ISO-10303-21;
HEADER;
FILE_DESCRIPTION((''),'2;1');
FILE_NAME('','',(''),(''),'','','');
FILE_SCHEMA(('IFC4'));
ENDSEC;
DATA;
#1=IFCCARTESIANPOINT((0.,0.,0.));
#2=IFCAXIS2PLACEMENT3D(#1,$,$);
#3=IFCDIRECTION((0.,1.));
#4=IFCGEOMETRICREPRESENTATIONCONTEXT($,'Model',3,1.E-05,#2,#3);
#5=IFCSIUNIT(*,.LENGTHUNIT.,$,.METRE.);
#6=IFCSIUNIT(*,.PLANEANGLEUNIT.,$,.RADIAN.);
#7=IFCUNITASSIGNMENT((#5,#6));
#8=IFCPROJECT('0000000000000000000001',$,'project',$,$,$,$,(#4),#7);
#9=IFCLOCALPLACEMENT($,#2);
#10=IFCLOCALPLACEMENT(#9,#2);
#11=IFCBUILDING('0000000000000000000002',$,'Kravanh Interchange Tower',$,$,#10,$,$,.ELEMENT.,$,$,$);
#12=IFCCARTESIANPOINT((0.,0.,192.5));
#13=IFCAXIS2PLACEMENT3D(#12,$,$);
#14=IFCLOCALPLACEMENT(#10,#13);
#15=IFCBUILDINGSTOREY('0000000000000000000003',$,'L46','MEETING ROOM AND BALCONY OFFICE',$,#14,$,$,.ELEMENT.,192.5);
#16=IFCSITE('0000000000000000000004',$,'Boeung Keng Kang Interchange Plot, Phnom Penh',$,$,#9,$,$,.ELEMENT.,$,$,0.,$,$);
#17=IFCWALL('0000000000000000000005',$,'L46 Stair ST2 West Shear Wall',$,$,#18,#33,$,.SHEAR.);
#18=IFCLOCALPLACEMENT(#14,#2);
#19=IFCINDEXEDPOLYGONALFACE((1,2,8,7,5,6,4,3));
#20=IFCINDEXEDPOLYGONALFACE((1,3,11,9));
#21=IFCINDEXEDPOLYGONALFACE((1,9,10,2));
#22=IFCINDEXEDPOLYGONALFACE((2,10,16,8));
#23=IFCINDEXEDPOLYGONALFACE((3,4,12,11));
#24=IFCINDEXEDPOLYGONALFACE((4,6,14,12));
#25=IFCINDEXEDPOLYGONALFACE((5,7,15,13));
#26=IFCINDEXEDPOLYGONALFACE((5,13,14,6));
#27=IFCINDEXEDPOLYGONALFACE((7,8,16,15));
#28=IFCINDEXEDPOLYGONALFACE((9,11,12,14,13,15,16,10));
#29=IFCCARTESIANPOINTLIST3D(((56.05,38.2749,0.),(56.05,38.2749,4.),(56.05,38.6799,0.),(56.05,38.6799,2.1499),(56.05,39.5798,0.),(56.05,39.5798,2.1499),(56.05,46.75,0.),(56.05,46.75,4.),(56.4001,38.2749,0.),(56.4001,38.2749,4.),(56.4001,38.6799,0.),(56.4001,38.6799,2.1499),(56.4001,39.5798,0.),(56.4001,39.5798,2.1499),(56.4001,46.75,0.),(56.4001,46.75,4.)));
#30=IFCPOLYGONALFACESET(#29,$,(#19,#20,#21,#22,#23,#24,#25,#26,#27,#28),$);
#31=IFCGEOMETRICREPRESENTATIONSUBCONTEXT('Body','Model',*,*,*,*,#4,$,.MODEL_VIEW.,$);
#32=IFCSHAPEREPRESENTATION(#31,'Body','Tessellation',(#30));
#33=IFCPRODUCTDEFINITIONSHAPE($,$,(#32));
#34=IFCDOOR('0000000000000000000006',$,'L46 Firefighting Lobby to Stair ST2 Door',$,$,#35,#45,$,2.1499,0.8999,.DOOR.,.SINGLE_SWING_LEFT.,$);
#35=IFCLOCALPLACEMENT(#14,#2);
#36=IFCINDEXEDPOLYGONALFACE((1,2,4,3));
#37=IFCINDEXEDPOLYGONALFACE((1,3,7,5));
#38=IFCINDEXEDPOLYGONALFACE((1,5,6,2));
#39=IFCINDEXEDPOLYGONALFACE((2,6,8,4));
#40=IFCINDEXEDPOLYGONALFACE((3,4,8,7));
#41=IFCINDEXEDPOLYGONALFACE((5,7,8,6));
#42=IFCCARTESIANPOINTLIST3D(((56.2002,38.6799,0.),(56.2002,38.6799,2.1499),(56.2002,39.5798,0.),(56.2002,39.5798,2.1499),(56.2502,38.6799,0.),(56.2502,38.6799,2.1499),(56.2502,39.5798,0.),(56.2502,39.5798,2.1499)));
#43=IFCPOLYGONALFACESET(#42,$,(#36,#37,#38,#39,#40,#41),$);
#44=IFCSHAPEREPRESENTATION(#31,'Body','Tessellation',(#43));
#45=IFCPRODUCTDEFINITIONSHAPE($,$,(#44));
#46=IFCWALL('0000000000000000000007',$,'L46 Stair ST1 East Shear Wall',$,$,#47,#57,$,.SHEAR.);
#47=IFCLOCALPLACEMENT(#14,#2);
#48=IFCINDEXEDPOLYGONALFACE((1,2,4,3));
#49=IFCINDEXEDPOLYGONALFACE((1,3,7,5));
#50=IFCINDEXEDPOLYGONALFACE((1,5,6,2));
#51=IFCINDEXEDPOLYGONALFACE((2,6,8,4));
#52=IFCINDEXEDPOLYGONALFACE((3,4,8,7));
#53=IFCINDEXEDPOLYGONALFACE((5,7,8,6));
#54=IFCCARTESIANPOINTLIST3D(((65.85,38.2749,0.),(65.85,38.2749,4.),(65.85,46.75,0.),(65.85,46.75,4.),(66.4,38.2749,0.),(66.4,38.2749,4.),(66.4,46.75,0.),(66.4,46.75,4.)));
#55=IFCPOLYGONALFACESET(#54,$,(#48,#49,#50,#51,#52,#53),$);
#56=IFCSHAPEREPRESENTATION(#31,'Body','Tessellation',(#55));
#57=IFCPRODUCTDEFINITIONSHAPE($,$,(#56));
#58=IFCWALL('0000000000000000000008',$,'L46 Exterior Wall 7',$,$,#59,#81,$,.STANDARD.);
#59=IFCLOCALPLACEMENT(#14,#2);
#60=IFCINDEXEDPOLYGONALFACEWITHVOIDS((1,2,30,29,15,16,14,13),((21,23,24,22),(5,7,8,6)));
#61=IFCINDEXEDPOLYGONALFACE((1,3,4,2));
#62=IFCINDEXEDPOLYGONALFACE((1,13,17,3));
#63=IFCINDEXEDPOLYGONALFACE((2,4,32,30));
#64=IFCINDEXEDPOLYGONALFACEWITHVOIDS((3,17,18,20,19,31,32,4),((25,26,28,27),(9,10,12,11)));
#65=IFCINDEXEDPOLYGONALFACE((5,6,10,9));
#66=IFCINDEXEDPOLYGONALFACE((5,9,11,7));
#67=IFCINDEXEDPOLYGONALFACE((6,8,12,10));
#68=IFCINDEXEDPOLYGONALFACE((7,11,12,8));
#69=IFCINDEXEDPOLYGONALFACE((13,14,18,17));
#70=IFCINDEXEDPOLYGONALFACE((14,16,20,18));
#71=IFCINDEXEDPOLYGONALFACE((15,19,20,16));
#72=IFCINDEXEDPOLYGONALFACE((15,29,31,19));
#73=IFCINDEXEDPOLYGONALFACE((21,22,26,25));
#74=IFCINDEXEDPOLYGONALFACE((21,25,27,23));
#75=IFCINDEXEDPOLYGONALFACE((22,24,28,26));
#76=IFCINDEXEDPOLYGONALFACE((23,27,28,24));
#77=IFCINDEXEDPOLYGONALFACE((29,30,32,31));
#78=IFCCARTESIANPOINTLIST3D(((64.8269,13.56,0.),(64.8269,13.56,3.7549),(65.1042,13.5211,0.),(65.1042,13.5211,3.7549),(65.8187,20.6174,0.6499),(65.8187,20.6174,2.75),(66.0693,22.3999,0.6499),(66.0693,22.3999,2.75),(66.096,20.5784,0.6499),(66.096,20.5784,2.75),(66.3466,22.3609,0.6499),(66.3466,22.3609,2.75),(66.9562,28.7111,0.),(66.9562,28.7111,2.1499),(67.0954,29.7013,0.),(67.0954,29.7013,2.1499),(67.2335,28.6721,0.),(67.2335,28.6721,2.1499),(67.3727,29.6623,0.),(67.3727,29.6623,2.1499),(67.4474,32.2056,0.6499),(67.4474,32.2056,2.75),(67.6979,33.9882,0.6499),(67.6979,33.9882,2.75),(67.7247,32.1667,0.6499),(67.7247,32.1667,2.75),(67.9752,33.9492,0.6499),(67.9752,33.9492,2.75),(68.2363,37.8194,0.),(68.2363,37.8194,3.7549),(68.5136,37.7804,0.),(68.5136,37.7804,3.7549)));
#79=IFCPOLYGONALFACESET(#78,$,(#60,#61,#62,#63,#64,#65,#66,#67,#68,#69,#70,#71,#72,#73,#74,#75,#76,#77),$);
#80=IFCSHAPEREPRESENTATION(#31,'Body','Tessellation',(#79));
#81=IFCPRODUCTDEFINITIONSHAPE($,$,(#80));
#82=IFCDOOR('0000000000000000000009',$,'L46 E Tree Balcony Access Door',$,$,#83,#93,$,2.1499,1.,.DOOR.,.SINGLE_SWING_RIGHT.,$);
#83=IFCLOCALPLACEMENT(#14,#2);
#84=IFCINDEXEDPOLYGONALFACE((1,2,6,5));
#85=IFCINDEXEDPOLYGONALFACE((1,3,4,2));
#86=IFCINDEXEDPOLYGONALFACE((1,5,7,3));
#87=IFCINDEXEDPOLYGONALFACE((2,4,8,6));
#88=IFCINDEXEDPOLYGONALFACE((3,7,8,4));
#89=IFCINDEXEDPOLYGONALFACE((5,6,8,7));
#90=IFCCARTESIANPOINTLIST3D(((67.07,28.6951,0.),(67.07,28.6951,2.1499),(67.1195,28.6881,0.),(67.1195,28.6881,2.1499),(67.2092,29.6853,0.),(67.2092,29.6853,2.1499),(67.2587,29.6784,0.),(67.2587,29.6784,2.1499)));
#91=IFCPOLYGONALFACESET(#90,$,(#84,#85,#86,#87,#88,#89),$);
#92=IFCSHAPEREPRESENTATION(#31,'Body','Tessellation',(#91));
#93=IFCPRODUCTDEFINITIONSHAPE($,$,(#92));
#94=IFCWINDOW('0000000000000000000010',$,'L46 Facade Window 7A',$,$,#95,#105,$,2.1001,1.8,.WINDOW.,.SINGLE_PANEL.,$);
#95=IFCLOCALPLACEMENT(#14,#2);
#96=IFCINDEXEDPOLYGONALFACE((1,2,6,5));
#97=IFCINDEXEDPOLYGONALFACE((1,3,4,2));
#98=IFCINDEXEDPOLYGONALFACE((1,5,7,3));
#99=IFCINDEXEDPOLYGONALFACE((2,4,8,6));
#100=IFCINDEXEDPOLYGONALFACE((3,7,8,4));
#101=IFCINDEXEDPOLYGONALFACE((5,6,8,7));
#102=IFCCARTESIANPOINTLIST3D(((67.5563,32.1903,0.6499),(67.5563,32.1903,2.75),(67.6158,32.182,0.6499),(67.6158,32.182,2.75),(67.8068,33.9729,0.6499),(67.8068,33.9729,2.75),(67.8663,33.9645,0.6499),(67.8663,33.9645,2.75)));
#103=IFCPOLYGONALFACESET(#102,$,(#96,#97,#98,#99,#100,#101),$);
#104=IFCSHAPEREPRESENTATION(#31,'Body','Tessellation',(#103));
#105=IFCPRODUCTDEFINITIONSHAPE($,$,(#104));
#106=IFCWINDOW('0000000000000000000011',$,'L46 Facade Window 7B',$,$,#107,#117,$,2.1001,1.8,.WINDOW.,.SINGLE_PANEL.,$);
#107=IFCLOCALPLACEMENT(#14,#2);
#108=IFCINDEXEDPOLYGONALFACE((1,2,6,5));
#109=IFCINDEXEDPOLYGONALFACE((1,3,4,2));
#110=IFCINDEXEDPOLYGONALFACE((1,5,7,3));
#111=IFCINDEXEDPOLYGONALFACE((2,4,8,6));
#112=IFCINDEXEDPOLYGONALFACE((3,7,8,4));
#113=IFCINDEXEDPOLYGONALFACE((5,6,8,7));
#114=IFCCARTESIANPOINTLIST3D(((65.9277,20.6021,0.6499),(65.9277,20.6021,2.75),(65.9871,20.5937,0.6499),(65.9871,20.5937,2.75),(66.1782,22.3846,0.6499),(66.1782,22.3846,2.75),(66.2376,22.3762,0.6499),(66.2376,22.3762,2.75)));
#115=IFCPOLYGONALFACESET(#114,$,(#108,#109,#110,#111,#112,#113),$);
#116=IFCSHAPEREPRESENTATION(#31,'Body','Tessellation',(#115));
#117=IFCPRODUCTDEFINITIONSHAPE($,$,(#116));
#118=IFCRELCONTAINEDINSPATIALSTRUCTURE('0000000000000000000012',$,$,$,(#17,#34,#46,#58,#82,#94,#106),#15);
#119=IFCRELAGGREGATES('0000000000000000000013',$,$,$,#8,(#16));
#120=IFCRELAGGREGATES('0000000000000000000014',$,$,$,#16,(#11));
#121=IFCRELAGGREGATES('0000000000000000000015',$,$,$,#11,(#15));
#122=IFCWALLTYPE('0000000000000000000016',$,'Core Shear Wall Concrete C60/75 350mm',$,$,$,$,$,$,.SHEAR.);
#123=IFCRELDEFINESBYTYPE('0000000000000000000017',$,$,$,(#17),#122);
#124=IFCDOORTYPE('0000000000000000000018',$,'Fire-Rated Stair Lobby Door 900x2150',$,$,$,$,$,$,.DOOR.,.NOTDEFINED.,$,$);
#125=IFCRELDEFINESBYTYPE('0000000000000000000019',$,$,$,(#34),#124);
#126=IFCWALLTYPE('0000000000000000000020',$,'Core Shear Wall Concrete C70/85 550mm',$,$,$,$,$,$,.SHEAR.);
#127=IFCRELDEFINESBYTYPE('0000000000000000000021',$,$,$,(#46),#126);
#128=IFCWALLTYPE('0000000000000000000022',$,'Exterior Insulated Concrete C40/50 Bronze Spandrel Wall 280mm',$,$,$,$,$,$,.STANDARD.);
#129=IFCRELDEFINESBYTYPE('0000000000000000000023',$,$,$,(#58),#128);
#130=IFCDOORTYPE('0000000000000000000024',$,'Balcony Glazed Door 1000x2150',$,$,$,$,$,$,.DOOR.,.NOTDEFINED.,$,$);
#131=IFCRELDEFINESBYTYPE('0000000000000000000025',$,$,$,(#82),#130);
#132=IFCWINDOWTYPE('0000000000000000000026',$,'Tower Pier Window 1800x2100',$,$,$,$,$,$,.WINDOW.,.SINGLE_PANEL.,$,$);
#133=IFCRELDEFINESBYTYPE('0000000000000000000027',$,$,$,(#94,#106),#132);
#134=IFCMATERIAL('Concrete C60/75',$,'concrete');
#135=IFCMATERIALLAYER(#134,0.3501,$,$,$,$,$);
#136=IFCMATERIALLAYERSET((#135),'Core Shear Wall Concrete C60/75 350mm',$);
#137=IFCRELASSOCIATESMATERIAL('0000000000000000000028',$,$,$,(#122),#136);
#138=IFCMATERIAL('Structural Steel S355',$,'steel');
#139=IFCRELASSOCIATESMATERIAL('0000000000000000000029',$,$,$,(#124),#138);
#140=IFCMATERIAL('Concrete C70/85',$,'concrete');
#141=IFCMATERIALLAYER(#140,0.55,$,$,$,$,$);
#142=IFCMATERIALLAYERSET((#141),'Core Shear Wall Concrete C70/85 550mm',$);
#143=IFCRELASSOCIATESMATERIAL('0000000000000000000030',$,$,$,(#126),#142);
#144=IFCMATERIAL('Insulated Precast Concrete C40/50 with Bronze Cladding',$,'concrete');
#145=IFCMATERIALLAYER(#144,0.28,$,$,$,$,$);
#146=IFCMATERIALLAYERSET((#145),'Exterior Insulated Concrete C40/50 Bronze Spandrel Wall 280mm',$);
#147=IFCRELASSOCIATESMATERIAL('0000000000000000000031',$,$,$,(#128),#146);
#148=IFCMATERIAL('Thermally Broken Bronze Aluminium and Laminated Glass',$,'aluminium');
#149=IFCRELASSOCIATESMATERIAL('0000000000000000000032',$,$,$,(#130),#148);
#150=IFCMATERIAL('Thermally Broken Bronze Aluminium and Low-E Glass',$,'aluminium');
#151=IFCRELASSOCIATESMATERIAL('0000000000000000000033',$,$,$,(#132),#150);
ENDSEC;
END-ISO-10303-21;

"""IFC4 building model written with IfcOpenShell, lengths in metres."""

from ifc_helpers import new_model, si_unit, direction, frame, frame_2d, origin, place, context, subcontext, project, spatial, rectangle, extrude, material, layer, layer_set, type_object, element, fill, save


model = new_model("IFC4")

# Units and contexts
model_context = context("Model", 3, precision=1e-05, world=origin(), true_north=direction((0.0, 1.0)))
body_context = subcontext(model_context, "Body", "Model", "MODEL_VIEW")
ifc_project = project(units=[si_unit("LENGTHUNIT", "METRE"), si_unit("PLANEANGLEUNIT", "RADIAN")], contexts=[model_context])

# Site, building, storey
site_placement = place(None, origin())
site = spatial("IfcSite", under=ifc_project, at=site_placement, Name="Boeung Keng Kang Interchange Plot, Phnom Penh", CompositionType="ELEMENT", RefElevation=0.0)
building_placement = place(site_placement, origin())
building = spatial("IfcBuilding", under=site, at=building_placement, Name="Kravanh Interchange Tower", CompositionType="ELEMENT")
storey_placement = place(building_placement, frame((0.0, 0.0, 192.5)))
storey = spatial("IfcBuildingStorey", under=building, at=storey_placement, Name="L46", Description="MEETING ROOM AND BALCONY OFFICE", CompositionType="ELEMENT", Elevation=192.5)

# Shared definitions
ifc_material_1 = material(Name="Concrete C60/75", Category="concrete")
ifc_layer_1 = layer(ifc_material_1, 0.3501)
ifc_layer_set_1 = layer_set([ifc_layer_1], Name="Core Shear Wall Concrete C60/75 350mm")
wall_type_1 = type_object("IfcWallType", Name="Core Shear Wall Concrete C60/75 350mm", PredefinedType="SHEAR", material=ifc_layer_set_1)

# Wall, opening, door
wall_1_placement = place(storey_placement, frame((56.2251, 38.2749, 0.0), z_axis=(0.0, 0.0, 1.0), x_axis=(0.0, 1.0, 0.0)))
wall_1 = element("IfcWall", 1, at=wall_1_placement, inside=storey, type_object=wall_type_1, Name="L46 Stair ST2 West Shear Wall", PredefinedType="SHEAR", context=body_context, shape_type="SweptSolid", body=[
    extrude(rectangle(XDim=8.4751, YDim=0.3501, at=frame_2d((4.2375, 0.0))), origin(), (0.0, 0.0, 1.0), 4.0),
])
opening_1_placement = place(wall_1_placement, frame((0.405, 0.0, 0.0)))
opening_1 = element("IfcOpeningElement", 2, at=opening_1_placement, cuts=wall_1, PredefinedType="OPENING", context=body_context, shape_type="SweptSolid", body=[
    extrude(rectangle(XDim=0.8999, YDim=2.1499, at=frame_2d((0.45, 1.075))), frame((0.0, 0.1851, 0.0), z_axis=(0.0, -1.0, 0.0), x_axis=(1.0, 0.0, 0.0)), (0.0, 0.0, 1.0), 0.3701),
])
ifc_material_2 = material(Name="Structural Steel S355", Category="steel")
door_type_1 = type_object("IfcDoorType", Name="Fire-Rated Stair Lobby Door 900x2150", OperationType="NOTDEFINED", PredefinedType="DOOR", material=ifc_material_2)
door_1_placement = place(opening_1_placement, origin())
door_1 = element("IfcDoor", 3, at=door_1_placement, inside=storey, type_object=door_type_1, Name="L46 Firefighting Lobby to Stair ST2 Door", OperationType="SINGLE_SWING_LEFT", OverallHeight=2.1499, OverallWidth=0.8999, PredefinedType="DOOR", context=body_context, shape_type="SweptSolid", body=[
    extrude(rectangle(XDim=0.8999, YDim=2.1499, at=frame_2d((0.45, 1.075))), frame((0.0, 0.0249, 0.0), z_axis=(0.0, -1.0, 0.0), x_axis=(1.0, 0.0, 0.0)), (0.0, 0.0, 1.0), 0.05),
])
fill(opening_1, door_1)

# Wall
ifc_material_3 = material(Name="Concrete C70/85", Category="concrete")
ifc_layer_2 = layer(ifc_material_3, 0.55)
ifc_layer_set_2 = layer_set([ifc_layer_2], Name="Core Shear Wall Concrete C70/85 550mm")
wall_type_2 = type_object("IfcWallType", Name="Core Shear Wall Concrete C70/85 550mm", PredefinedType="SHEAR", material=ifc_layer_set_2)
wall_2_placement = place(storey_placement, frame((66.125, 38.2749, 0.0), z_axis=(0.0, 0.0, 1.0), x_axis=(0.0, 1.0, 0.0)))
element("IfcWall", 4, at=wall_2_placement, inside=storey, type_object=wall_type_2, Name="L46 Stair ST1 East Shear Wall", PredefinedType="SHEAR", context=body_context, shape_type="SweptSolid", body=[
    extrude(rectangle(XDim=8.4751, YDim=0.55, at=frame_2d((4.2375, 0.0))), origin(), (0.0, 0.0, 1.0), 4.0),
])

# Wall, openings, door, windows
ifc_material_4 = material(Name="Insulated Precast Concrete C40/50 with Bronze Cladding", Category="concrete")
ifc_layer_3 = layer(ifc_material_4, 0.28)
ifc_layer_set_3 = layer_set([ifc_layer_3], Name="Exterior Insulated Concrete C40/50 Bronze Spandrel Wall 280mm")
wall_type_3 = type_object("IfcWallType", Name="Exterior Insulated Concrete C40/50 Bronze Spandrel Wall 280mm", PredefinedType="STANDARD", material=ifc_layer_set_3)
wall_3_placement = place(storey_placement, frame((68.375, 37.8, 0.0), z_axis=(0.0, 0.0, 1.0), x_axis=(-0.139173, -0.990268, 0.0)))
wall_3 = element("IfcWall", 5, at=wall_3_placement, inside=storey, type_object=wall_type_3, Name="L46 Exterior Wall 7", PredefinedType="STANDARD", context=body_context, shape_type="SweptSolid", body=[
    extrude(rectangle(XDim=24.4978, YDim=0.28, at=frame_2d((12.249, 0.0))), origin(), (0.0, 0.0, 1.0), 3.7549),
])
opening_2_placement = place(wall_3_placement, frame((8.198, 0.0, 0.0)))
opening_2 = element("IfcOpeningElement", 6, at=opening_2_placement, cuts=wall_3, PredefinedType="OPENING", context=body_context, shape_type="SweptSolid", body=[
    extrude(rectangle(XDim=1.0, YDim=2.1499, at=frame_2d((0.5, 1.075))), frame((0.0, 0.1499, 0.0), z_axis=(0.0, -1.0, 0.0), x_axis=(1.0, 0.0, 0.0)), (0.0, 0.0, 1.0), 0.3),
])
opening_3_placement = place(wall_3_placement, frame((3.8691, 0.0, 0.6499)))
opening_3 = element("IfcOpeningElement", 7, at=opening_3_placement, cuts=wall_3, PredefinedType="OPENING", context=body_context, shape_type="SweptSolid", body=[
    extrude(rectangle(XDim=1.8, YDim=2.1001, at=frame_2d((0.8999, 1.05))), frame((0.0, 0.1499, 0.0), z_axis=(0.0, -1.0, 0.0), x_axis=(1.0, 0.0, 0.0)), (0.0, 0.0, 1.0), 0.3),
])
opening_4_placement = place(wall_3_placement, frame((15.5713, 0.0, 0.6499)))
opening_4 = element("IfcOpeningElement", 8, at=opening_4_placement, cuts=wall_3, PredefinedType="OPENING", context=body_context, shape_type="SweptSolid", body=[
    extrude(rectangle(XDim=1.8, YDim=2.1001, at=frame_2d((0.8999, 1.05))), frame((0.0, 0.1499, 0.0), z_axis=(0.0, -1.0, 0.0), x_axis=(1.0, 0.0, 0.0)), (0.0, 0.0, 1.0), 0.3),
])
ifc_material_5 = material(Name="Thermally Broken Bronze Aluminium and Laminated Glass", Category="aluminium")
door_type_2 = type_object("IfcDoorType", Name="Balcony Glazed Door 1000x2150", OperationType="NOTDEFINED", PredefinedType="DOOR", material=ifc_material_5)
door_2_placement = place(opening_2_placement, origin())
door_2 = element("IfcDoor", 9, at=door_2_placement, inside=storey, type_object=door_type_2, Name="L46 E Tree Balcony Access Door", OperationType="SINGLE_SWING_RIGHT", OverallHeight=2.1499, OverallWidth=1.0, PredefinedType="DOOR", context=body_context, shape_type="SweptSolid", body=[
    extrude(rectangle(XDim=1.0, YDim=2.1499, at=frame_2d((0.5, 1.075))), frame((0.0, 0.0249, 0.0), z_axis=(0.0, -1.0, 0.0), x_axis=(1.0, 0.0, 0.0)), (0.0, 0.0, 1.0), 0.05),
])
fill(opening_2, door_2)
ifc_material_6 = material(Name="Thermally Broken Bronze Aluminium and Low-E Glass", Category="aluminium")
window_type = type_object("IfcWindowType", Name="Tower Pier Window 1800x2100", PartitioningType="SINGLE_PANEL", PredefinedType="WINDOW", material=ifc_material_6)
window_1_placement = place(opening_3_placement, origin())
window_1 = element("IfcWindow", 10, at=window_1_placement, inside=storey, type_object=window_type, Name="L46 Facade Window 7A", OverallHeight=2.1001, OverallWidth=1.8, PartitioningType="SINGLE_PANEL", PredefinedType="WINDOW", context=body_context, shape_type="SweptSolid", body=[
    extrude(rectangle(XDim=1.8, YDim=2.1001, at=frame_2d((0.8999, 1.05))), frame((0.0, 0.03, 0.0), z_axis=(0.0, -1.0, 0.0), x_axis=(1.0, 0.0, 0.0)), (0.0, 0.0, 1.0), 0.0601),
])
fill(opening_3, window_1)
window_2_placement = place(opening_4_placement, origin())
window_2 = element("IfcWindow", 11, at=window_2_placement, inside=storey, type_object=window_type, Name="L46 Facade Window 7B", OverallHeight=2.1001, OverallWidth=1.8, PartitioningType="SINGLE_PANEL", PredefinedType="WINDOW", context=body_context, shape_type="SweptSolid", body=[
    extrude(rectangle(XDim=1.8, YDim=2.1001, at=frame_2d((0.8999, 1.05))), frame((0.0, 0.03, 0.0), z_axis=(0.0, -1.0, 0.0), x_axis=(1.0, 0.0, 0.0)), (0.0, 0.0, 1.0), 0.0601),
])
fill(opening_4, window_2)

save(model, "model.ifc")
